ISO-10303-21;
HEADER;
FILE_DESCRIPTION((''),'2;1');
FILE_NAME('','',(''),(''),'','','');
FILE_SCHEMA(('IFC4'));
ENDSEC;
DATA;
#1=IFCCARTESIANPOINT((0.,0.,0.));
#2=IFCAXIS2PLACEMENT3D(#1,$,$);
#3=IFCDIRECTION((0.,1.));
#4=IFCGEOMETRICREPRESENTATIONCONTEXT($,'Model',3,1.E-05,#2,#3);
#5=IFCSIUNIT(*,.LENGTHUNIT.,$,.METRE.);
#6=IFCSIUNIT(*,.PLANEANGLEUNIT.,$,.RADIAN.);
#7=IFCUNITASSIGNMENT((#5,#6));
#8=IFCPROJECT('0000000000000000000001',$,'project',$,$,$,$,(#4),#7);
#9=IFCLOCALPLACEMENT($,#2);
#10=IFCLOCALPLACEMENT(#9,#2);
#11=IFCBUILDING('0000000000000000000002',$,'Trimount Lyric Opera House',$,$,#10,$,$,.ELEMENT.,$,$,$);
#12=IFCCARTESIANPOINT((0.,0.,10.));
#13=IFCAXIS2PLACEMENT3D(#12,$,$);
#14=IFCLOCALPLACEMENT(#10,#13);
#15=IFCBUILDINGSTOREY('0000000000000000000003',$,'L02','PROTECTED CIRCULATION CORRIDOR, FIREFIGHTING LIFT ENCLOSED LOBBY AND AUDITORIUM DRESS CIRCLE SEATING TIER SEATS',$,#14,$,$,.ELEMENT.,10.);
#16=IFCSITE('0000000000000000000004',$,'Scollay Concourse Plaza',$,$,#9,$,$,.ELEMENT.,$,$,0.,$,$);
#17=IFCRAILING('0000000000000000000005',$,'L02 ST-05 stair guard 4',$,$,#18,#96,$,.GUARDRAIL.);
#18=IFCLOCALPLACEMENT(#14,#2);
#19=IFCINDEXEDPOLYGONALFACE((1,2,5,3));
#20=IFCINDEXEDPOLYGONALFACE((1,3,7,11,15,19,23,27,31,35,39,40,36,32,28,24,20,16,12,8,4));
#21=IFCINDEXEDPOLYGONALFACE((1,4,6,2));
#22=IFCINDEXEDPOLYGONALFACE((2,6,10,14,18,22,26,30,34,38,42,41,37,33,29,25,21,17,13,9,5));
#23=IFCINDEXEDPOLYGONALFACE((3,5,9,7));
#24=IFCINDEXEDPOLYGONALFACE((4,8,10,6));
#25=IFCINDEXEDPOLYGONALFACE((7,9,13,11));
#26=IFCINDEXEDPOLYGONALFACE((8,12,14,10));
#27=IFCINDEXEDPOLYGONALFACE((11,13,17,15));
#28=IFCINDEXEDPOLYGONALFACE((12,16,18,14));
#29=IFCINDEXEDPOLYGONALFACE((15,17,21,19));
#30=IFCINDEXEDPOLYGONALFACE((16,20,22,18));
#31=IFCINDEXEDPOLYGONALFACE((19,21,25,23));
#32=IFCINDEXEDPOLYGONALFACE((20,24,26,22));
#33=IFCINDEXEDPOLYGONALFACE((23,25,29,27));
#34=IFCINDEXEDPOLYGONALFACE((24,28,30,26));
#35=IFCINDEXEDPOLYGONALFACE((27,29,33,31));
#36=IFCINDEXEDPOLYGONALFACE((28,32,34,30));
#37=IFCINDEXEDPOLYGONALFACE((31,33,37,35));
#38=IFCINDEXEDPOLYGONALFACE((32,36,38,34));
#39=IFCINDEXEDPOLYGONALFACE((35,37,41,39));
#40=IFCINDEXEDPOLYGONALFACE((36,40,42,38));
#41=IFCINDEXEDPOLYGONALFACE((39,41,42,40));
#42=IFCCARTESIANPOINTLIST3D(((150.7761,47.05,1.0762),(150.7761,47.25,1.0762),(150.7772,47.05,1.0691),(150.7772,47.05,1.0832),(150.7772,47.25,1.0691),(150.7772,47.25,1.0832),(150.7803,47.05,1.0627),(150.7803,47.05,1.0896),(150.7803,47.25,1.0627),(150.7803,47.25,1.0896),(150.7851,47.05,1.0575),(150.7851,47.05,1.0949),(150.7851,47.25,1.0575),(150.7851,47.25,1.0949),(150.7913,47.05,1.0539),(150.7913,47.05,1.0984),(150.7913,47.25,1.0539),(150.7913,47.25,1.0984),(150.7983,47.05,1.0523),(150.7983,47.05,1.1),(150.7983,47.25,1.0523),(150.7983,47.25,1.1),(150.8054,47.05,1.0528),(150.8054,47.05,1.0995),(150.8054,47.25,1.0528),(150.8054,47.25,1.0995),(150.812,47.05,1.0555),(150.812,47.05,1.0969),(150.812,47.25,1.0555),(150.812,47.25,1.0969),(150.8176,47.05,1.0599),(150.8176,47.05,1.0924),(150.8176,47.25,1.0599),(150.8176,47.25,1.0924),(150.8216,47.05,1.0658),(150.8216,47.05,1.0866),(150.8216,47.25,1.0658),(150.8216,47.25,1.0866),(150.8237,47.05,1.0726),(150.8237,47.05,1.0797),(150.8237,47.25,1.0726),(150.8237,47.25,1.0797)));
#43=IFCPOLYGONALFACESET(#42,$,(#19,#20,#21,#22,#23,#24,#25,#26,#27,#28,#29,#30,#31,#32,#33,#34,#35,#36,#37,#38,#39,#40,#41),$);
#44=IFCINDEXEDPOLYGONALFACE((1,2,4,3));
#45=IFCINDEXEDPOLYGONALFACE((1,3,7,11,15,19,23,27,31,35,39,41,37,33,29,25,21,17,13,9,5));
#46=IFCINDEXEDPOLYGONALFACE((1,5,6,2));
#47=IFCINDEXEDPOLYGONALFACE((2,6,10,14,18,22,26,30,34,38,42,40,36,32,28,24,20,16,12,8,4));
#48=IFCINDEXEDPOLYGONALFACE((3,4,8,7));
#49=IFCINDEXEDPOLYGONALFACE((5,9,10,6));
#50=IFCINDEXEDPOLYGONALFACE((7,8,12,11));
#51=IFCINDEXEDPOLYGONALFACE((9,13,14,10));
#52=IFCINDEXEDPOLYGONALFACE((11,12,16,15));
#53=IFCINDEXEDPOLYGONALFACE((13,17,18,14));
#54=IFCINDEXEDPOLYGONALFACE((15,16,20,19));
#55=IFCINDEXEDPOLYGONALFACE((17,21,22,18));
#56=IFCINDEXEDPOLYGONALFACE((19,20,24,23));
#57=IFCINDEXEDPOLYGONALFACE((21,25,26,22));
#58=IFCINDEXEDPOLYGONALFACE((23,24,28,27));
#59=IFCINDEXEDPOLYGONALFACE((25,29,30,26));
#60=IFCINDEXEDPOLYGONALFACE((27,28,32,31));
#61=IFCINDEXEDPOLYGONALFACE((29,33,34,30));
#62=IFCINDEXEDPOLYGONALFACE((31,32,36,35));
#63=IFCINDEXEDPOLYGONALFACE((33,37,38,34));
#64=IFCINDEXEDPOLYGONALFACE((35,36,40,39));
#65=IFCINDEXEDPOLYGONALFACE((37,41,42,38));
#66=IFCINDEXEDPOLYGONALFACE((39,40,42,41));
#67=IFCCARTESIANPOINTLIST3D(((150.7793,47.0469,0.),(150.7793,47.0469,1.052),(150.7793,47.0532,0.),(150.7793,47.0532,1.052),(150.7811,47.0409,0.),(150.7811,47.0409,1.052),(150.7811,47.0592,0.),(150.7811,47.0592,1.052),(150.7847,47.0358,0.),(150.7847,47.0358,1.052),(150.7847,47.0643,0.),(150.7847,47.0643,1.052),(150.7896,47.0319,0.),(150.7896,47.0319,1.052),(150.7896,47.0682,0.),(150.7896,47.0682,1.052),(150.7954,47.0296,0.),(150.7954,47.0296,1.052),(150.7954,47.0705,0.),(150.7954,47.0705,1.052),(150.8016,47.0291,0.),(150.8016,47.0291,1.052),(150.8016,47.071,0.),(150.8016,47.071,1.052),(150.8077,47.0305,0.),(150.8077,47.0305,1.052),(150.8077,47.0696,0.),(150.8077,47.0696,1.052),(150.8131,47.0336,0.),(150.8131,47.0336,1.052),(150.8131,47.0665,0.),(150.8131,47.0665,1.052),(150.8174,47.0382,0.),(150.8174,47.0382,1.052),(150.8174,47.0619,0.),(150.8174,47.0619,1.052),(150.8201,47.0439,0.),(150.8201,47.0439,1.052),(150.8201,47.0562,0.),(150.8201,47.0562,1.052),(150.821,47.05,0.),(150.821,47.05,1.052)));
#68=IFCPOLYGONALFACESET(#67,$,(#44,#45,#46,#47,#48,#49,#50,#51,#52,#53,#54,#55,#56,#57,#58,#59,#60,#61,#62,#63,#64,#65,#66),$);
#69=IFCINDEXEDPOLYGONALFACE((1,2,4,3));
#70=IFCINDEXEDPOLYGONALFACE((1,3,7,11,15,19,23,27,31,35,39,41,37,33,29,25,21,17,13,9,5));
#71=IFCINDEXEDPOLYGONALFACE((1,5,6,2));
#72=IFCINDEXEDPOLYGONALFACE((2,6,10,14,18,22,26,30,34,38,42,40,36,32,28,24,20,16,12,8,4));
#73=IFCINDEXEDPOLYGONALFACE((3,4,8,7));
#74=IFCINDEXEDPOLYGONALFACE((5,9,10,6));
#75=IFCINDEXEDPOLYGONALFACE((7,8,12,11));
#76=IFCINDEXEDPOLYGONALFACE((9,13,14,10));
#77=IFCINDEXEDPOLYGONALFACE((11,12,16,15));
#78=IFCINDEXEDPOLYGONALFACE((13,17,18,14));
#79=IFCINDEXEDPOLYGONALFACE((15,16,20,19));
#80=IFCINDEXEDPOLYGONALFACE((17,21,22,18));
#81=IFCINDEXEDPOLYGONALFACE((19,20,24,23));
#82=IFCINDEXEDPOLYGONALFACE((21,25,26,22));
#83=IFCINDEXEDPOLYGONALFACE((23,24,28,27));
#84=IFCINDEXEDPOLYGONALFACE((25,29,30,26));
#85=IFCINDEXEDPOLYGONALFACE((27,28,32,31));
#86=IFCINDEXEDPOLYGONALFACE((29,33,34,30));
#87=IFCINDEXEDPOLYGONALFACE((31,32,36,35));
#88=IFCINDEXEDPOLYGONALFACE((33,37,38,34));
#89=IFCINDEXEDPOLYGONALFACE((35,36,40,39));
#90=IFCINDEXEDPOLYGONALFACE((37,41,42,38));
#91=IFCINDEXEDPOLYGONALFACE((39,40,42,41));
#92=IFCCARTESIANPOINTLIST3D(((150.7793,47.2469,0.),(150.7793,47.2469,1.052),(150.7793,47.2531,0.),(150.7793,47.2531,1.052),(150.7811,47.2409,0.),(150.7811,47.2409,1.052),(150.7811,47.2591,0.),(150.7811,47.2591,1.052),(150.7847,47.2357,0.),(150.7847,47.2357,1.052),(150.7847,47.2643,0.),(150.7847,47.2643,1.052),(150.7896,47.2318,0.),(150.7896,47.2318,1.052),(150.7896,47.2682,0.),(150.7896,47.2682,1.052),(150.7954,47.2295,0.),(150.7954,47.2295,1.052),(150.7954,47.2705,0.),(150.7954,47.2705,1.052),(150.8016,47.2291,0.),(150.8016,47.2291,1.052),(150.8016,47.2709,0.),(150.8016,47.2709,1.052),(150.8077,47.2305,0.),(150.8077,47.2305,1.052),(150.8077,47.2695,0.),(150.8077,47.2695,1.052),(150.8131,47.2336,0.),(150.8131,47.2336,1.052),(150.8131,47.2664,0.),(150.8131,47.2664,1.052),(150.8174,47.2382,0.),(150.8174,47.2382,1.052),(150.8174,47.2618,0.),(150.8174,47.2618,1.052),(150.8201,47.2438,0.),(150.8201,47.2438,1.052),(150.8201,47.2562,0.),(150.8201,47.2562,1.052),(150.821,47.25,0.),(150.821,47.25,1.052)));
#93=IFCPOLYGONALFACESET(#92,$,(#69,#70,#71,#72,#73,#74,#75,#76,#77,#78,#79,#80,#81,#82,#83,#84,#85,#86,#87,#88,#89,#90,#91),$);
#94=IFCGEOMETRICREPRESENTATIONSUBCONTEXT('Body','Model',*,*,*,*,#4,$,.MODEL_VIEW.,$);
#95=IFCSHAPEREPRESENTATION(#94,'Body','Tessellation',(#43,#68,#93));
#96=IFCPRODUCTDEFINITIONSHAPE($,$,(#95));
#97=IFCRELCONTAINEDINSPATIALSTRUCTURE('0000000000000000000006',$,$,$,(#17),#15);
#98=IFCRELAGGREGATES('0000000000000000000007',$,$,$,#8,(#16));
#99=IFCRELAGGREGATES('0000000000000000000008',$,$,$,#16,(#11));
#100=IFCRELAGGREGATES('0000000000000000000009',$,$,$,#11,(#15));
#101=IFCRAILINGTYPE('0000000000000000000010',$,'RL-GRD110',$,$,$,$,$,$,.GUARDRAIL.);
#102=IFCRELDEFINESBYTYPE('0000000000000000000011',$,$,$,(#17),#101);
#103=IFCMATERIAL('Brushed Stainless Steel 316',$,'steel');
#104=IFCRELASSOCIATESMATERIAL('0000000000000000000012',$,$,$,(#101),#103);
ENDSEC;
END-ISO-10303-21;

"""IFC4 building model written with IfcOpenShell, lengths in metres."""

from ifc_helpers import new_model, si_unit, direction, frame, origin, origin_2d, place, context, subcontext, project, spatial, circle, extrude, material, type_object, element, save


model = new_model("IFC4")

# Units and contexts
model_context = context("Model", 3, precision=1e-05, world=origin(), true_north=direction((0.0, 1.0)))
body_context = subcontext(model_context, "Body", "Model", "MODEL_VIEW")
ifc_project = project(units=[si_unit("LENGTHUNIT", "METRE"), si_unit("PLANEANGLEUNIT", "RADIAN")], contexts=[model_context])

# Site, building, storey
site_placement = place(None, origin())
site = spatial("IfcSite", under=ifc_project, at=site_placement, Name="Scollay Concourse Plaza", CompositionType="ELEMENT", RefElevation=0.0)
building_placement = place(site_placement, origin())
building = spatial("IfcBuilding", under=site, at=building_placement, Name="Trimount Lyric Opera House", CompositionType="ELEMENT")
storey_placement = place(building_placement, frame((0.0, 0.0, 10.0)))
storey = spatial("IfcBuildingStorey", under=building, at=storey_placement, Name="L02", Description="PROTECTED CIRCULATION CORRIDOR, FIREFIGHTING LIFT ENCLOSED LOBBY AND AUDITORIUM DRESS CIRCLE SEATING TIER SEATS", CompositionType="ELEMENT", Elevation=10.0)

# Railing
ifc_material_1 = material(Name="Brushed Stainless Steel 316", Category="steel")
railing_type_1 = type_object("IfcRailingType", Name="RL-GRD110", PredefinedType="GUARDRAIL", material=ifc_material_1)
railing_1_placement = place(storey_placement, frame((150.8, 47.05, 0.0)))
element("IfcRailing", 1, at=railing_1_placement, inside=storey, type_object=railing_type_1, Name="L02 ST-05 stair guard 4", PredefinedType="GUARDRAIL", context=body_context, shape_type="SweptSolid", body=[
    extrude(circle(Radius=0.0239, at=origin_2d()), frame((0.0, 0.0, 1.0762), z_axis=(0.0, 1.0, 0.0), x_axis=(-1.0, 0.0, 0.0)), (0.0, 0.0, 1.0), 0.2),
    extrude(circle(Radius=0.021, at=origin_2d()), origin(), (0.0, 0.0, 1.0), 1.052),
    extrude(circle(Radius=0.021, at=origin_2d()), frame((0.0, 0.2, 0.0)), (0.0, 0.0, 1.0), 1.052),
])

save(model, "model.ifc")
